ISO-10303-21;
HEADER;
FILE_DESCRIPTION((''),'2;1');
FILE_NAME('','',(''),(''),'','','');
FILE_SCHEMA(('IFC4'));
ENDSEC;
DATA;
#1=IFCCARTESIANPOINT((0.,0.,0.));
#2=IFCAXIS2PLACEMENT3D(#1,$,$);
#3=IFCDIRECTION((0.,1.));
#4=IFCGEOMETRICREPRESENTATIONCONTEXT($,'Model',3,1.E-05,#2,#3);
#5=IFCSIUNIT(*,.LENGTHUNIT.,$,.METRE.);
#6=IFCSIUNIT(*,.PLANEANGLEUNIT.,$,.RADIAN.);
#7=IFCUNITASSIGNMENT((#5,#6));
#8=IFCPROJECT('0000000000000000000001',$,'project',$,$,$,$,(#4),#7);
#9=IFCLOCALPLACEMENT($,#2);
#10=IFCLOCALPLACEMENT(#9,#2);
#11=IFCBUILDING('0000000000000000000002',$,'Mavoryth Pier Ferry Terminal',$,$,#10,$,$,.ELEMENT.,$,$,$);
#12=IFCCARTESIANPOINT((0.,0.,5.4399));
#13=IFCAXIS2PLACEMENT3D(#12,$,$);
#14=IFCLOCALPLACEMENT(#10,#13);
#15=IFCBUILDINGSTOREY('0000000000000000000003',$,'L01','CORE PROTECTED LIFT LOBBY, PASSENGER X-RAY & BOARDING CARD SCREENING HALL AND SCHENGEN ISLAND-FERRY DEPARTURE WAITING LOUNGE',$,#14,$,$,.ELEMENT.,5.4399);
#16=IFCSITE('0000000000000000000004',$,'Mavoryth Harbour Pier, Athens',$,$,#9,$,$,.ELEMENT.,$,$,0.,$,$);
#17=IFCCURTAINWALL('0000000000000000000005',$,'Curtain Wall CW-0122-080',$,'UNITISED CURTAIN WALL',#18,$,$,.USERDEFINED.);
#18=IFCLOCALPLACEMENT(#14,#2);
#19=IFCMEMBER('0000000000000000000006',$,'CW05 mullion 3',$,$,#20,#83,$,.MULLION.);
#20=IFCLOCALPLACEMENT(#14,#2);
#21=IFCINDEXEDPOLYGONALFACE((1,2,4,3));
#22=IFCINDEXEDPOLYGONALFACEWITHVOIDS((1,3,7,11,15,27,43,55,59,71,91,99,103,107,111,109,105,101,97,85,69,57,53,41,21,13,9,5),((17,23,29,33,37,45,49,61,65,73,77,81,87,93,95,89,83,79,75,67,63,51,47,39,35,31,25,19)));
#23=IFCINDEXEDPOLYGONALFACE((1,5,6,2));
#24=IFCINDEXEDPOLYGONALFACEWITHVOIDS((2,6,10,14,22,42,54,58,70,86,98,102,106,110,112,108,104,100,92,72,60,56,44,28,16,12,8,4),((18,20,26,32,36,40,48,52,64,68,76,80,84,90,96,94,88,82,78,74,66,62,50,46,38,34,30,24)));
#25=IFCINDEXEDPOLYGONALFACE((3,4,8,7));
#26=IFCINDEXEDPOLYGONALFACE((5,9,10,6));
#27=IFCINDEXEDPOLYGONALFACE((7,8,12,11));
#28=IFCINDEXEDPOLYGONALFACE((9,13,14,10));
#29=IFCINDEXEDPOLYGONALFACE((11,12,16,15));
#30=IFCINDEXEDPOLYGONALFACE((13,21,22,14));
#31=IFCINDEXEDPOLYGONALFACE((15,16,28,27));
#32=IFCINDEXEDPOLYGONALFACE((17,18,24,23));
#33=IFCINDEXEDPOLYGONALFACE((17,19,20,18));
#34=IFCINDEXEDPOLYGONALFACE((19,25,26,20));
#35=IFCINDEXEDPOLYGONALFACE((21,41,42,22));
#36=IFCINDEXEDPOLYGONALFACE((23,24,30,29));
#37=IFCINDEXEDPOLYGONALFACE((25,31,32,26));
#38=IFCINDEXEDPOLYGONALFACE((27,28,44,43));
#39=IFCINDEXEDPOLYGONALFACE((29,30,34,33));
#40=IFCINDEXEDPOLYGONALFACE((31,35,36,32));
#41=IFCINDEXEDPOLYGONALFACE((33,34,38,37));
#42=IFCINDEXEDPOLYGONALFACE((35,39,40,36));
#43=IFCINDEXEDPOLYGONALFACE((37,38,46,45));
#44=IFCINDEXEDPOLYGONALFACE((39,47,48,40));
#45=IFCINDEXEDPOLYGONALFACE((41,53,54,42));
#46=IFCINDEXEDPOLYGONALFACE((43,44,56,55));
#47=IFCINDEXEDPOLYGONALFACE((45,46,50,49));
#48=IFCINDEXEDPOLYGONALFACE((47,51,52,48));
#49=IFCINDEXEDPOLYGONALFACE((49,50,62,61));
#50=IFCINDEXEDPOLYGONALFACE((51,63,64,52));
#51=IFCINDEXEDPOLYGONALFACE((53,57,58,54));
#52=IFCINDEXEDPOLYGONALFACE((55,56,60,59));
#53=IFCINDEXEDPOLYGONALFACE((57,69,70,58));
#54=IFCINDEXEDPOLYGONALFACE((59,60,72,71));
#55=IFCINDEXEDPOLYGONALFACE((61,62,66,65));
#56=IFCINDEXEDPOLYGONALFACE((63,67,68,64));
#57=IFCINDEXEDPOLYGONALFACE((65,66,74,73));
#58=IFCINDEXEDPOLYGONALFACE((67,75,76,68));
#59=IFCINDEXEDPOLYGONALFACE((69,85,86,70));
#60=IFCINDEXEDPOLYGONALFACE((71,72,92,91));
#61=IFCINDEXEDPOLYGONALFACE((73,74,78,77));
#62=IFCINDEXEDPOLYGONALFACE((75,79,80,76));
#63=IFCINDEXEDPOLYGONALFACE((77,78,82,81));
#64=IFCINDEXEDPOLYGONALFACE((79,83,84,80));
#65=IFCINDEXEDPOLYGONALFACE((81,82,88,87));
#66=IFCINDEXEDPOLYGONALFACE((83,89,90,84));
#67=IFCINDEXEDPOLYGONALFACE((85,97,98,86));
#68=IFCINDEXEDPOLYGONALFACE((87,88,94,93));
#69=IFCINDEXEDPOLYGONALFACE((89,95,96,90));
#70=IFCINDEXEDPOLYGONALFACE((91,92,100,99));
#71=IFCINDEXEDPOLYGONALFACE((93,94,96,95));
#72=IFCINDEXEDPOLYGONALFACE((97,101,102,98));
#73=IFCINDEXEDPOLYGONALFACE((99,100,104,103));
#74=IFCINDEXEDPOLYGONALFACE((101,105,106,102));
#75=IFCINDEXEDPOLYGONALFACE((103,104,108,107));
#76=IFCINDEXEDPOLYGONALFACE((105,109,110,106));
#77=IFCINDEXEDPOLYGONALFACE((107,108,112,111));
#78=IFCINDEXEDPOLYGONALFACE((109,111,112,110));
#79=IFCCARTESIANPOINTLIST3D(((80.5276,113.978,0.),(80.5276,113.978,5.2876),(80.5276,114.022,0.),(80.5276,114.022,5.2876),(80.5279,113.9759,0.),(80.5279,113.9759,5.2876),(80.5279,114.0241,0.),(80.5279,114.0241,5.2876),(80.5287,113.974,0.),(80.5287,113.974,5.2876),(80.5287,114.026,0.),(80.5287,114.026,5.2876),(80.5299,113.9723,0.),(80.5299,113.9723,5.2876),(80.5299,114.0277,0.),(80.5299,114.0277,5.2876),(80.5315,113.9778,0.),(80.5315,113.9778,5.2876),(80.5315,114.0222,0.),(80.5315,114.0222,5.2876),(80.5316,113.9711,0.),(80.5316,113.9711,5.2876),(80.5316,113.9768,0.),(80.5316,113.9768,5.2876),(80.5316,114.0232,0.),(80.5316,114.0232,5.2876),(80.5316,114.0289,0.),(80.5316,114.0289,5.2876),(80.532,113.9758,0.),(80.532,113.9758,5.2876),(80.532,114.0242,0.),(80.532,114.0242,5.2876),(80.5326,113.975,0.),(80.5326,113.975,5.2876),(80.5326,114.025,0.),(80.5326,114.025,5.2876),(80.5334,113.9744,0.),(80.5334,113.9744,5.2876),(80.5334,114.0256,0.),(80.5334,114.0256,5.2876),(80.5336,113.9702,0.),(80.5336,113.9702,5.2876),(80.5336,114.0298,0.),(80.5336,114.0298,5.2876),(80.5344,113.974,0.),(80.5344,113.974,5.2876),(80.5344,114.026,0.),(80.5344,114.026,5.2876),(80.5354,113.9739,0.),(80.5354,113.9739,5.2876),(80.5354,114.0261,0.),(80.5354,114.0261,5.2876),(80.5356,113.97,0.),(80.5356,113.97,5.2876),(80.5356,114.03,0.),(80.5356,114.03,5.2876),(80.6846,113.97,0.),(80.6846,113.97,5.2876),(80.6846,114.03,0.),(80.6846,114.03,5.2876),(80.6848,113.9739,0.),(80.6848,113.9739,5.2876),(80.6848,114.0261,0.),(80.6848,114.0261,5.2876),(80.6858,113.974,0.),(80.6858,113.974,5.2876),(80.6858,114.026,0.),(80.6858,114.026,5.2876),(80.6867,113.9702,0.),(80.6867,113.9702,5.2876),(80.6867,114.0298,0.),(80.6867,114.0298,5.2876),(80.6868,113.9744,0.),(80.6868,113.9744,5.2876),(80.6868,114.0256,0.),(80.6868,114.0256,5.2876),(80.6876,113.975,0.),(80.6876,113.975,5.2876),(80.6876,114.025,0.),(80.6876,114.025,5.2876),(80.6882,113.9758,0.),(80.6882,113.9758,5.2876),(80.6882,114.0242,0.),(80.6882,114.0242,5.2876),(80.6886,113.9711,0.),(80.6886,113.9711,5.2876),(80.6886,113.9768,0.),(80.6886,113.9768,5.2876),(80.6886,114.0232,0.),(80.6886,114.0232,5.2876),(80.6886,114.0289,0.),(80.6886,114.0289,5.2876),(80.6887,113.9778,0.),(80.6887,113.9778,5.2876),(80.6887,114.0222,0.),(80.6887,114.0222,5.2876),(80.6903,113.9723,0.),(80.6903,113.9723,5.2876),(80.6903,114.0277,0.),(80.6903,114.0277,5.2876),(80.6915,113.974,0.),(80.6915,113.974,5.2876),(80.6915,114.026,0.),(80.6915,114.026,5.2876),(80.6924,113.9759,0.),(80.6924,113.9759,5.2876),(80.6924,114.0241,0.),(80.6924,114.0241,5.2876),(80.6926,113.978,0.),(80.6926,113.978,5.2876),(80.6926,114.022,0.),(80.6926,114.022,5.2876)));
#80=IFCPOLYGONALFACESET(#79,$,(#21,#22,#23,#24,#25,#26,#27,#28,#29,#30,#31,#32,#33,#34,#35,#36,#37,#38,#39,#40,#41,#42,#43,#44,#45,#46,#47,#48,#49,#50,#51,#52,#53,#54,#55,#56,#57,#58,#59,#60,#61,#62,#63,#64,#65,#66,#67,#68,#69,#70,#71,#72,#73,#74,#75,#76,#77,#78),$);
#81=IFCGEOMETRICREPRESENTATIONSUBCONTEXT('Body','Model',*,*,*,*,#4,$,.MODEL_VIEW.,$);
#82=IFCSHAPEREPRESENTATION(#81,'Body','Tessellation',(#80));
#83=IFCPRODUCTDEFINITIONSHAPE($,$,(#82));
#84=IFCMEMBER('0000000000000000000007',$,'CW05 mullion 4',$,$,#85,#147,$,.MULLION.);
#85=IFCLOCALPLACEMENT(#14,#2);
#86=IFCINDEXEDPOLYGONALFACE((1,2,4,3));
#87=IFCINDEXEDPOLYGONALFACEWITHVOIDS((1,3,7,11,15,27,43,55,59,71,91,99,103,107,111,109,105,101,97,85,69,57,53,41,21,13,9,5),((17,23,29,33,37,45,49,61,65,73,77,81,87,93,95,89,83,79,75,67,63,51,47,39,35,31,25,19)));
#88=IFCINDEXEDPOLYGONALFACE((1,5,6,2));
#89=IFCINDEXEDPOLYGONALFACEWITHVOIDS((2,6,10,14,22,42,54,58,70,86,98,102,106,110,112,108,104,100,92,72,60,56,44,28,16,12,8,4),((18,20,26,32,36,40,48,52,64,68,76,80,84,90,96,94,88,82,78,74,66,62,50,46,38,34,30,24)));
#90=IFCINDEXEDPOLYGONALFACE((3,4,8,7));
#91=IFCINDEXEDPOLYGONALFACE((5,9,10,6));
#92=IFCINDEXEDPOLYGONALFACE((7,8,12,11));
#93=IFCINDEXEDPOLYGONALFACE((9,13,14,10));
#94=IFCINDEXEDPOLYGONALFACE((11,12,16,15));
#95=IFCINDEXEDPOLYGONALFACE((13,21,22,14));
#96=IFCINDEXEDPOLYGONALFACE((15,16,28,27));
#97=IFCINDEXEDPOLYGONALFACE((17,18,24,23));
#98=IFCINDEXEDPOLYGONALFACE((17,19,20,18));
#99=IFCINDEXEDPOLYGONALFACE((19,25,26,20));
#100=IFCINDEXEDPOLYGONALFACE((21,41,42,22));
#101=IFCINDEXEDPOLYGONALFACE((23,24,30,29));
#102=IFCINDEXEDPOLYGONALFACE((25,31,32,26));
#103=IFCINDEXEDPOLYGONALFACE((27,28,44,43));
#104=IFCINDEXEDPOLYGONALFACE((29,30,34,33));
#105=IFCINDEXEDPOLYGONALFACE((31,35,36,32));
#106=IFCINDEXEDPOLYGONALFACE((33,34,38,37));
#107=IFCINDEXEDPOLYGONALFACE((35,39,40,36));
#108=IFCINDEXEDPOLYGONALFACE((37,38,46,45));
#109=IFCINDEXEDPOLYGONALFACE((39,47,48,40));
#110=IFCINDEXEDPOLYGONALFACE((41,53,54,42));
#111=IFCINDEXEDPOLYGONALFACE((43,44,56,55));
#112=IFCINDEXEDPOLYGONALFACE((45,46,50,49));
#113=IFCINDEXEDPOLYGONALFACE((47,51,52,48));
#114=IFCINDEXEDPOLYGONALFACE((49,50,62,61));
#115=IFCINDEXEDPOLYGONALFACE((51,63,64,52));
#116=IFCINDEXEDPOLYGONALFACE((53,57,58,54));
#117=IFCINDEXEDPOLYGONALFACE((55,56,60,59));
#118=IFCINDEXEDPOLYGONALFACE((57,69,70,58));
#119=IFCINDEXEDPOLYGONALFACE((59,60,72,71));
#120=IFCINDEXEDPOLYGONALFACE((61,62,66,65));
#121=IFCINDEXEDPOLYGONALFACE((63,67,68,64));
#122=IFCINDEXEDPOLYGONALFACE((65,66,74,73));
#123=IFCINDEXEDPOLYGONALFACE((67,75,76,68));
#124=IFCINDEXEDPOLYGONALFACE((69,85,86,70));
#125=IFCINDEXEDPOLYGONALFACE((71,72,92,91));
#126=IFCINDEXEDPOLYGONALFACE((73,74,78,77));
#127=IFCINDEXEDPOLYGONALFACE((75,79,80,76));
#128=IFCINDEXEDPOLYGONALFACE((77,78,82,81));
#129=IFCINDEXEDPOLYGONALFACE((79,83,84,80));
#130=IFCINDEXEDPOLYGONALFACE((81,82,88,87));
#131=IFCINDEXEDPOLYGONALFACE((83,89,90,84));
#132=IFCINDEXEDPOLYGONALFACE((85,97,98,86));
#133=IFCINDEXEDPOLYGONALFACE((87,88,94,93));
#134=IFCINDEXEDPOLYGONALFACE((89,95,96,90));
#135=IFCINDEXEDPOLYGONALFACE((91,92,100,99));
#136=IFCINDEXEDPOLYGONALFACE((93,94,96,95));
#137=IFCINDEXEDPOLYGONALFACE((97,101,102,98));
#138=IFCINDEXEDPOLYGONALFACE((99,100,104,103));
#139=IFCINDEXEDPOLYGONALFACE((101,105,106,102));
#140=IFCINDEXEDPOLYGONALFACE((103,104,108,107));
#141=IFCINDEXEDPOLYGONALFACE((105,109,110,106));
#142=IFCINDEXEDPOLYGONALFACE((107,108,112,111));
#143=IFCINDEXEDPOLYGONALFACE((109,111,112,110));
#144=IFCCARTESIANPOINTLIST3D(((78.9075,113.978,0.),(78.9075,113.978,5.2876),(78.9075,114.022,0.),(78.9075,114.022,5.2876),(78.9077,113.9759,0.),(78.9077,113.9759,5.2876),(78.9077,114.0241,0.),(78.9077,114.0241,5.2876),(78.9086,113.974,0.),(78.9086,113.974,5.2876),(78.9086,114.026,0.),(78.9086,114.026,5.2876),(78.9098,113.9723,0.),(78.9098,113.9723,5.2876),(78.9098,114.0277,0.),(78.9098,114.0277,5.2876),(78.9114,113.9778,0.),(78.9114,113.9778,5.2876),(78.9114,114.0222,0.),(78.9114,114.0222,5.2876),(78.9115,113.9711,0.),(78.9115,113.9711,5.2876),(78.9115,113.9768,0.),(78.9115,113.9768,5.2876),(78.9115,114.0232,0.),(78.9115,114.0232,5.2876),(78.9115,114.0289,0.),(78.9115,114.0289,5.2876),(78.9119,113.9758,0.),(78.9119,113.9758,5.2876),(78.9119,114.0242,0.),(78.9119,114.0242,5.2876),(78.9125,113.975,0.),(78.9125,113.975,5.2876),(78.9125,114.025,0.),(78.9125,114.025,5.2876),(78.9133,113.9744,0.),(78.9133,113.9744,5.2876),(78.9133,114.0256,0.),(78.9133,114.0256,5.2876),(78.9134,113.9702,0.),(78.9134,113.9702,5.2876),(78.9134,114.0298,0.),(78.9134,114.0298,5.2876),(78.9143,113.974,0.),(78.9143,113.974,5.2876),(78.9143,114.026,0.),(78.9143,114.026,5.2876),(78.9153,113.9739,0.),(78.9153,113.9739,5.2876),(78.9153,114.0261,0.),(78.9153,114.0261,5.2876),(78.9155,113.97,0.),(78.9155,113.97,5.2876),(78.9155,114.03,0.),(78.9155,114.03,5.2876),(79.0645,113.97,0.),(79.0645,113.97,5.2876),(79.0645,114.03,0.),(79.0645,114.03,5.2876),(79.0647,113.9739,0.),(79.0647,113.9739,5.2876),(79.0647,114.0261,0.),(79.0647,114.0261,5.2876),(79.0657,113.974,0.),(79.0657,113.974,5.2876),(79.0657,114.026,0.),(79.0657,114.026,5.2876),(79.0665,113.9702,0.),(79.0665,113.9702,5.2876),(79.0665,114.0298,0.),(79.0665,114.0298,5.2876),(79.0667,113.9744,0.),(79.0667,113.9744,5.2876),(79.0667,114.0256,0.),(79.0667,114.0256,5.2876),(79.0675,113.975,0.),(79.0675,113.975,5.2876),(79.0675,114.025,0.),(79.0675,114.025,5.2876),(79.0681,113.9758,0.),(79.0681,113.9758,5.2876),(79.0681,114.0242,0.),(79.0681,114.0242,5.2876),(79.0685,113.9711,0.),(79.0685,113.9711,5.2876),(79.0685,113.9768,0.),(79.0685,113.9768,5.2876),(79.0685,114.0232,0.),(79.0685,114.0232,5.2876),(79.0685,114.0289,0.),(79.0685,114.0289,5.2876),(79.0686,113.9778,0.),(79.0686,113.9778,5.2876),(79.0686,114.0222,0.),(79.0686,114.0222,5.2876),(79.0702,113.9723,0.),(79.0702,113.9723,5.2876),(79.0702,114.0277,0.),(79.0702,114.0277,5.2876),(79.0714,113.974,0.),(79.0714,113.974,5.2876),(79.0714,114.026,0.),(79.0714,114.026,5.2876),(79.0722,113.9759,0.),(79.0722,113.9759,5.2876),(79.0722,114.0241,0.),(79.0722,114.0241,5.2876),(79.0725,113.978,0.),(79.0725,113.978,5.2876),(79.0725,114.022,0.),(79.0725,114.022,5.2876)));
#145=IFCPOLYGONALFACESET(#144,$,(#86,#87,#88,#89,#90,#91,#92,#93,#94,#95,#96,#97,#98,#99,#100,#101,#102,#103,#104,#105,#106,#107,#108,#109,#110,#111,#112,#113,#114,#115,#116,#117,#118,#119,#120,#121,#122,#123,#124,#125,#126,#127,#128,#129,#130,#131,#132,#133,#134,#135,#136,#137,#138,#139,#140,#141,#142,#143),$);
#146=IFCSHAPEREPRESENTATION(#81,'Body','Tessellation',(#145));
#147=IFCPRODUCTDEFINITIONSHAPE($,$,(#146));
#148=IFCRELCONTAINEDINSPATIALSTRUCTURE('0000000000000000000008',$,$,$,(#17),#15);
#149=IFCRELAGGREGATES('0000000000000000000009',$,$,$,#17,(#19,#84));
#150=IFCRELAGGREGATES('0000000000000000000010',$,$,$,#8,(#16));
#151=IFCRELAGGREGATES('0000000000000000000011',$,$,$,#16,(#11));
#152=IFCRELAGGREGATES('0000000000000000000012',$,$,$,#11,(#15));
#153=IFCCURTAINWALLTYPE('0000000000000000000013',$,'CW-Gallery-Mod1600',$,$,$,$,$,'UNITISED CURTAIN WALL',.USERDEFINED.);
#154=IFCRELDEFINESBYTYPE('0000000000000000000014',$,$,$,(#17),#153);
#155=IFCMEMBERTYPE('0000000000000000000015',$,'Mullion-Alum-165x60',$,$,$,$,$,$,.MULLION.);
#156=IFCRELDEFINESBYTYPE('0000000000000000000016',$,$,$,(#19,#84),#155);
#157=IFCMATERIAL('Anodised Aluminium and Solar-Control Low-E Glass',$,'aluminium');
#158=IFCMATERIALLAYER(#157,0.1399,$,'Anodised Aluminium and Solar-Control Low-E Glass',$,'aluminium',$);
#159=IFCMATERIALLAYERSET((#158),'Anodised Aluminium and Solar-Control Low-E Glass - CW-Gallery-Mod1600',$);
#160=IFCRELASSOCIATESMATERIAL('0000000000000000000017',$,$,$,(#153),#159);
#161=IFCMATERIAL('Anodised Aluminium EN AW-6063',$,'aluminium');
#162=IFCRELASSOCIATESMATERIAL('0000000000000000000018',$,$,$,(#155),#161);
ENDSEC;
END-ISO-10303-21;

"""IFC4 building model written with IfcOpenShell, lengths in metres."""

from ifc_helpers import new_model, si_unit, direction, frame, origin, origin_2d, place, context, subcontext, project, spatial, hollow_rectangle, extrude, material, layer, layer_set, material_profile, profile_set, type_object, element, aggregate, save


model = new_model("IFC4")

# Units and contexts
model_context = context("Model", 3, precision=1e-05, world=origin(), true_north=direction((0.0, 1.0)))
body_context = subcontext(model_context, "Body", "Model", "MODEL_VIEW")
ifc_project = project(units=[si_unit("LENGTHUNIT", "METRE"), si_unit("PLANEANGLEUNIT", "RADIAN")], contexts=[model_context])

# Site, building, storey
site_placement = place(None, origin())
site = spatial("IfcSite", under=ifc_project, at=site_placement, Name="Mavoryth Harbour Pier, Athens", CompositionType="ELEMENT", RefElevation=0.0)
building_placement = place(site_placement, origin())
building = spatial("IfcBuilding", under=site, at=building_placement, Name="Mavoryth Pier Ferry Terminal", CompositionType="ELEMENT")
storey_placement = place(building_placement, frame((0.0, 0.0, 5.4399)))
storey = spatial("IfcBuildingStorey", under=building, at=storey_placement, Name="L01", Description="CORE PROTECTED LIFT LOBBY, PASSENGER X-RAY & BOARDING CARD SCREENING HALL AND SCHENGEN ISLAND-FERRY DEPARTURE WAITING LOUNGE", CompositionType="ELEMENT", Elevation=5.4399)

# Curtain wall, members
ifc_material_1 = material(Name="Anodised Aluminium and Solar-Control Low-E Glass", Category="aluminium")
ifc_layer_1 = layer(ifc_material_1, 0.1399, Name="Anodised Aluminium and Solar-Control Low-E Glass", Category="aluminium")
ifc_layer_set_1 = layer_set([ifc_layer_1], Name="Anodised Aluminium and Solar-Control Low-E Glass - CW-Gallery-Mod1600")
curtain_wall_type = type_object("IfcCurtainWallType", Name="CW-Gallery-Mod1600", ElementType="UNITISED CURTAIN WALL", PredefinedType="USERDEFINED", material=ifc_layer_set_1)
curtain_wall_1_placement = place(storey_placement, origin())
curtain_wall_1 = element("IfcCurtainWall", 1, at=curtain_wall_1_placement, inside=storey, type_object=curtain_wall_type, Name="Curtain Wall CW-0122-080", ObjectType="UNITISED CURTAIN WALL", PredefinedType="USERDEFINED")
ifc_material_2 = material(Name="Anodised Aluminium EN AW-6063", Category="aluminium")
ifc_material_profile_1 = material_profile(ifc_material_2, hollow_rectangle(XDim=0.0601, YDim=0.165, WallThickness=0.0039, InnerFilletRadius=0.0039, OuterFilletRadius=0.0081, at=origin_2d()), Name="AL-MULL 165x60x4", Category="aluminium")
ifc_profile_set_1 = profile_set([ifc_material_profile_1], Name="Anodised Aluminium EN AW-6063 - AL-MULL 165x60x4")
member_type_1 = type_object("IfcMemberType", Name="Mullion-Alum-165x60", PredefinedType="MULLION", material=ifc_profile_set_1)
member_1_placement = place(storey_placement, frame((80.6101, 114.0, 0.0), z_axis=(0.0, 0.0, 1.0), x_axis=(0.0, -1.0, 0.0)))
member_1 = element("IfcMember", 2, at=member_1_placement, type_object=member_type_1, Name="CW05 mullion 3", PredefinedType="MULLION", context=body_context, shape_type="SweptSolid", body=[
    extrude(hollow_rectangle(XDim=0.0601, YDim=0.165, WallThickness=0.0039, InnerFilletRadius=0.0039, OuterFilletRadius=0.0081, at=origin_2d()), origin(), (0.0, 0.0, 1.0), 5.2876),
])
member_2_placement = place(storey_placement, frame((78.99, 114.0, 0.0), z_axis=(0.0, 0.0, 1.0), x_axis=(0.0, -1.0, 0.0)))
member_2 = element("IfcMember", 3, at=member_2_placement, type_object=member_type_1, Name="CW05 mullion 4", PredefinedType="MULLION", context=body_context, shape_type="SweptSolid", body=[
    extrude(hollow_rectangle(XDim=0.0601, YDim=0.165, WallThickness=0.0039, InnerFilletRadius=0.0039, OuterFilletRadius=0.0081, at=origin_2d()), origin(), (0.0, 0.0, 1.0), 5.2876),
])

aggregate(curtain_wall_1, [member_1, member_2])

save(model, "model.ifc")
